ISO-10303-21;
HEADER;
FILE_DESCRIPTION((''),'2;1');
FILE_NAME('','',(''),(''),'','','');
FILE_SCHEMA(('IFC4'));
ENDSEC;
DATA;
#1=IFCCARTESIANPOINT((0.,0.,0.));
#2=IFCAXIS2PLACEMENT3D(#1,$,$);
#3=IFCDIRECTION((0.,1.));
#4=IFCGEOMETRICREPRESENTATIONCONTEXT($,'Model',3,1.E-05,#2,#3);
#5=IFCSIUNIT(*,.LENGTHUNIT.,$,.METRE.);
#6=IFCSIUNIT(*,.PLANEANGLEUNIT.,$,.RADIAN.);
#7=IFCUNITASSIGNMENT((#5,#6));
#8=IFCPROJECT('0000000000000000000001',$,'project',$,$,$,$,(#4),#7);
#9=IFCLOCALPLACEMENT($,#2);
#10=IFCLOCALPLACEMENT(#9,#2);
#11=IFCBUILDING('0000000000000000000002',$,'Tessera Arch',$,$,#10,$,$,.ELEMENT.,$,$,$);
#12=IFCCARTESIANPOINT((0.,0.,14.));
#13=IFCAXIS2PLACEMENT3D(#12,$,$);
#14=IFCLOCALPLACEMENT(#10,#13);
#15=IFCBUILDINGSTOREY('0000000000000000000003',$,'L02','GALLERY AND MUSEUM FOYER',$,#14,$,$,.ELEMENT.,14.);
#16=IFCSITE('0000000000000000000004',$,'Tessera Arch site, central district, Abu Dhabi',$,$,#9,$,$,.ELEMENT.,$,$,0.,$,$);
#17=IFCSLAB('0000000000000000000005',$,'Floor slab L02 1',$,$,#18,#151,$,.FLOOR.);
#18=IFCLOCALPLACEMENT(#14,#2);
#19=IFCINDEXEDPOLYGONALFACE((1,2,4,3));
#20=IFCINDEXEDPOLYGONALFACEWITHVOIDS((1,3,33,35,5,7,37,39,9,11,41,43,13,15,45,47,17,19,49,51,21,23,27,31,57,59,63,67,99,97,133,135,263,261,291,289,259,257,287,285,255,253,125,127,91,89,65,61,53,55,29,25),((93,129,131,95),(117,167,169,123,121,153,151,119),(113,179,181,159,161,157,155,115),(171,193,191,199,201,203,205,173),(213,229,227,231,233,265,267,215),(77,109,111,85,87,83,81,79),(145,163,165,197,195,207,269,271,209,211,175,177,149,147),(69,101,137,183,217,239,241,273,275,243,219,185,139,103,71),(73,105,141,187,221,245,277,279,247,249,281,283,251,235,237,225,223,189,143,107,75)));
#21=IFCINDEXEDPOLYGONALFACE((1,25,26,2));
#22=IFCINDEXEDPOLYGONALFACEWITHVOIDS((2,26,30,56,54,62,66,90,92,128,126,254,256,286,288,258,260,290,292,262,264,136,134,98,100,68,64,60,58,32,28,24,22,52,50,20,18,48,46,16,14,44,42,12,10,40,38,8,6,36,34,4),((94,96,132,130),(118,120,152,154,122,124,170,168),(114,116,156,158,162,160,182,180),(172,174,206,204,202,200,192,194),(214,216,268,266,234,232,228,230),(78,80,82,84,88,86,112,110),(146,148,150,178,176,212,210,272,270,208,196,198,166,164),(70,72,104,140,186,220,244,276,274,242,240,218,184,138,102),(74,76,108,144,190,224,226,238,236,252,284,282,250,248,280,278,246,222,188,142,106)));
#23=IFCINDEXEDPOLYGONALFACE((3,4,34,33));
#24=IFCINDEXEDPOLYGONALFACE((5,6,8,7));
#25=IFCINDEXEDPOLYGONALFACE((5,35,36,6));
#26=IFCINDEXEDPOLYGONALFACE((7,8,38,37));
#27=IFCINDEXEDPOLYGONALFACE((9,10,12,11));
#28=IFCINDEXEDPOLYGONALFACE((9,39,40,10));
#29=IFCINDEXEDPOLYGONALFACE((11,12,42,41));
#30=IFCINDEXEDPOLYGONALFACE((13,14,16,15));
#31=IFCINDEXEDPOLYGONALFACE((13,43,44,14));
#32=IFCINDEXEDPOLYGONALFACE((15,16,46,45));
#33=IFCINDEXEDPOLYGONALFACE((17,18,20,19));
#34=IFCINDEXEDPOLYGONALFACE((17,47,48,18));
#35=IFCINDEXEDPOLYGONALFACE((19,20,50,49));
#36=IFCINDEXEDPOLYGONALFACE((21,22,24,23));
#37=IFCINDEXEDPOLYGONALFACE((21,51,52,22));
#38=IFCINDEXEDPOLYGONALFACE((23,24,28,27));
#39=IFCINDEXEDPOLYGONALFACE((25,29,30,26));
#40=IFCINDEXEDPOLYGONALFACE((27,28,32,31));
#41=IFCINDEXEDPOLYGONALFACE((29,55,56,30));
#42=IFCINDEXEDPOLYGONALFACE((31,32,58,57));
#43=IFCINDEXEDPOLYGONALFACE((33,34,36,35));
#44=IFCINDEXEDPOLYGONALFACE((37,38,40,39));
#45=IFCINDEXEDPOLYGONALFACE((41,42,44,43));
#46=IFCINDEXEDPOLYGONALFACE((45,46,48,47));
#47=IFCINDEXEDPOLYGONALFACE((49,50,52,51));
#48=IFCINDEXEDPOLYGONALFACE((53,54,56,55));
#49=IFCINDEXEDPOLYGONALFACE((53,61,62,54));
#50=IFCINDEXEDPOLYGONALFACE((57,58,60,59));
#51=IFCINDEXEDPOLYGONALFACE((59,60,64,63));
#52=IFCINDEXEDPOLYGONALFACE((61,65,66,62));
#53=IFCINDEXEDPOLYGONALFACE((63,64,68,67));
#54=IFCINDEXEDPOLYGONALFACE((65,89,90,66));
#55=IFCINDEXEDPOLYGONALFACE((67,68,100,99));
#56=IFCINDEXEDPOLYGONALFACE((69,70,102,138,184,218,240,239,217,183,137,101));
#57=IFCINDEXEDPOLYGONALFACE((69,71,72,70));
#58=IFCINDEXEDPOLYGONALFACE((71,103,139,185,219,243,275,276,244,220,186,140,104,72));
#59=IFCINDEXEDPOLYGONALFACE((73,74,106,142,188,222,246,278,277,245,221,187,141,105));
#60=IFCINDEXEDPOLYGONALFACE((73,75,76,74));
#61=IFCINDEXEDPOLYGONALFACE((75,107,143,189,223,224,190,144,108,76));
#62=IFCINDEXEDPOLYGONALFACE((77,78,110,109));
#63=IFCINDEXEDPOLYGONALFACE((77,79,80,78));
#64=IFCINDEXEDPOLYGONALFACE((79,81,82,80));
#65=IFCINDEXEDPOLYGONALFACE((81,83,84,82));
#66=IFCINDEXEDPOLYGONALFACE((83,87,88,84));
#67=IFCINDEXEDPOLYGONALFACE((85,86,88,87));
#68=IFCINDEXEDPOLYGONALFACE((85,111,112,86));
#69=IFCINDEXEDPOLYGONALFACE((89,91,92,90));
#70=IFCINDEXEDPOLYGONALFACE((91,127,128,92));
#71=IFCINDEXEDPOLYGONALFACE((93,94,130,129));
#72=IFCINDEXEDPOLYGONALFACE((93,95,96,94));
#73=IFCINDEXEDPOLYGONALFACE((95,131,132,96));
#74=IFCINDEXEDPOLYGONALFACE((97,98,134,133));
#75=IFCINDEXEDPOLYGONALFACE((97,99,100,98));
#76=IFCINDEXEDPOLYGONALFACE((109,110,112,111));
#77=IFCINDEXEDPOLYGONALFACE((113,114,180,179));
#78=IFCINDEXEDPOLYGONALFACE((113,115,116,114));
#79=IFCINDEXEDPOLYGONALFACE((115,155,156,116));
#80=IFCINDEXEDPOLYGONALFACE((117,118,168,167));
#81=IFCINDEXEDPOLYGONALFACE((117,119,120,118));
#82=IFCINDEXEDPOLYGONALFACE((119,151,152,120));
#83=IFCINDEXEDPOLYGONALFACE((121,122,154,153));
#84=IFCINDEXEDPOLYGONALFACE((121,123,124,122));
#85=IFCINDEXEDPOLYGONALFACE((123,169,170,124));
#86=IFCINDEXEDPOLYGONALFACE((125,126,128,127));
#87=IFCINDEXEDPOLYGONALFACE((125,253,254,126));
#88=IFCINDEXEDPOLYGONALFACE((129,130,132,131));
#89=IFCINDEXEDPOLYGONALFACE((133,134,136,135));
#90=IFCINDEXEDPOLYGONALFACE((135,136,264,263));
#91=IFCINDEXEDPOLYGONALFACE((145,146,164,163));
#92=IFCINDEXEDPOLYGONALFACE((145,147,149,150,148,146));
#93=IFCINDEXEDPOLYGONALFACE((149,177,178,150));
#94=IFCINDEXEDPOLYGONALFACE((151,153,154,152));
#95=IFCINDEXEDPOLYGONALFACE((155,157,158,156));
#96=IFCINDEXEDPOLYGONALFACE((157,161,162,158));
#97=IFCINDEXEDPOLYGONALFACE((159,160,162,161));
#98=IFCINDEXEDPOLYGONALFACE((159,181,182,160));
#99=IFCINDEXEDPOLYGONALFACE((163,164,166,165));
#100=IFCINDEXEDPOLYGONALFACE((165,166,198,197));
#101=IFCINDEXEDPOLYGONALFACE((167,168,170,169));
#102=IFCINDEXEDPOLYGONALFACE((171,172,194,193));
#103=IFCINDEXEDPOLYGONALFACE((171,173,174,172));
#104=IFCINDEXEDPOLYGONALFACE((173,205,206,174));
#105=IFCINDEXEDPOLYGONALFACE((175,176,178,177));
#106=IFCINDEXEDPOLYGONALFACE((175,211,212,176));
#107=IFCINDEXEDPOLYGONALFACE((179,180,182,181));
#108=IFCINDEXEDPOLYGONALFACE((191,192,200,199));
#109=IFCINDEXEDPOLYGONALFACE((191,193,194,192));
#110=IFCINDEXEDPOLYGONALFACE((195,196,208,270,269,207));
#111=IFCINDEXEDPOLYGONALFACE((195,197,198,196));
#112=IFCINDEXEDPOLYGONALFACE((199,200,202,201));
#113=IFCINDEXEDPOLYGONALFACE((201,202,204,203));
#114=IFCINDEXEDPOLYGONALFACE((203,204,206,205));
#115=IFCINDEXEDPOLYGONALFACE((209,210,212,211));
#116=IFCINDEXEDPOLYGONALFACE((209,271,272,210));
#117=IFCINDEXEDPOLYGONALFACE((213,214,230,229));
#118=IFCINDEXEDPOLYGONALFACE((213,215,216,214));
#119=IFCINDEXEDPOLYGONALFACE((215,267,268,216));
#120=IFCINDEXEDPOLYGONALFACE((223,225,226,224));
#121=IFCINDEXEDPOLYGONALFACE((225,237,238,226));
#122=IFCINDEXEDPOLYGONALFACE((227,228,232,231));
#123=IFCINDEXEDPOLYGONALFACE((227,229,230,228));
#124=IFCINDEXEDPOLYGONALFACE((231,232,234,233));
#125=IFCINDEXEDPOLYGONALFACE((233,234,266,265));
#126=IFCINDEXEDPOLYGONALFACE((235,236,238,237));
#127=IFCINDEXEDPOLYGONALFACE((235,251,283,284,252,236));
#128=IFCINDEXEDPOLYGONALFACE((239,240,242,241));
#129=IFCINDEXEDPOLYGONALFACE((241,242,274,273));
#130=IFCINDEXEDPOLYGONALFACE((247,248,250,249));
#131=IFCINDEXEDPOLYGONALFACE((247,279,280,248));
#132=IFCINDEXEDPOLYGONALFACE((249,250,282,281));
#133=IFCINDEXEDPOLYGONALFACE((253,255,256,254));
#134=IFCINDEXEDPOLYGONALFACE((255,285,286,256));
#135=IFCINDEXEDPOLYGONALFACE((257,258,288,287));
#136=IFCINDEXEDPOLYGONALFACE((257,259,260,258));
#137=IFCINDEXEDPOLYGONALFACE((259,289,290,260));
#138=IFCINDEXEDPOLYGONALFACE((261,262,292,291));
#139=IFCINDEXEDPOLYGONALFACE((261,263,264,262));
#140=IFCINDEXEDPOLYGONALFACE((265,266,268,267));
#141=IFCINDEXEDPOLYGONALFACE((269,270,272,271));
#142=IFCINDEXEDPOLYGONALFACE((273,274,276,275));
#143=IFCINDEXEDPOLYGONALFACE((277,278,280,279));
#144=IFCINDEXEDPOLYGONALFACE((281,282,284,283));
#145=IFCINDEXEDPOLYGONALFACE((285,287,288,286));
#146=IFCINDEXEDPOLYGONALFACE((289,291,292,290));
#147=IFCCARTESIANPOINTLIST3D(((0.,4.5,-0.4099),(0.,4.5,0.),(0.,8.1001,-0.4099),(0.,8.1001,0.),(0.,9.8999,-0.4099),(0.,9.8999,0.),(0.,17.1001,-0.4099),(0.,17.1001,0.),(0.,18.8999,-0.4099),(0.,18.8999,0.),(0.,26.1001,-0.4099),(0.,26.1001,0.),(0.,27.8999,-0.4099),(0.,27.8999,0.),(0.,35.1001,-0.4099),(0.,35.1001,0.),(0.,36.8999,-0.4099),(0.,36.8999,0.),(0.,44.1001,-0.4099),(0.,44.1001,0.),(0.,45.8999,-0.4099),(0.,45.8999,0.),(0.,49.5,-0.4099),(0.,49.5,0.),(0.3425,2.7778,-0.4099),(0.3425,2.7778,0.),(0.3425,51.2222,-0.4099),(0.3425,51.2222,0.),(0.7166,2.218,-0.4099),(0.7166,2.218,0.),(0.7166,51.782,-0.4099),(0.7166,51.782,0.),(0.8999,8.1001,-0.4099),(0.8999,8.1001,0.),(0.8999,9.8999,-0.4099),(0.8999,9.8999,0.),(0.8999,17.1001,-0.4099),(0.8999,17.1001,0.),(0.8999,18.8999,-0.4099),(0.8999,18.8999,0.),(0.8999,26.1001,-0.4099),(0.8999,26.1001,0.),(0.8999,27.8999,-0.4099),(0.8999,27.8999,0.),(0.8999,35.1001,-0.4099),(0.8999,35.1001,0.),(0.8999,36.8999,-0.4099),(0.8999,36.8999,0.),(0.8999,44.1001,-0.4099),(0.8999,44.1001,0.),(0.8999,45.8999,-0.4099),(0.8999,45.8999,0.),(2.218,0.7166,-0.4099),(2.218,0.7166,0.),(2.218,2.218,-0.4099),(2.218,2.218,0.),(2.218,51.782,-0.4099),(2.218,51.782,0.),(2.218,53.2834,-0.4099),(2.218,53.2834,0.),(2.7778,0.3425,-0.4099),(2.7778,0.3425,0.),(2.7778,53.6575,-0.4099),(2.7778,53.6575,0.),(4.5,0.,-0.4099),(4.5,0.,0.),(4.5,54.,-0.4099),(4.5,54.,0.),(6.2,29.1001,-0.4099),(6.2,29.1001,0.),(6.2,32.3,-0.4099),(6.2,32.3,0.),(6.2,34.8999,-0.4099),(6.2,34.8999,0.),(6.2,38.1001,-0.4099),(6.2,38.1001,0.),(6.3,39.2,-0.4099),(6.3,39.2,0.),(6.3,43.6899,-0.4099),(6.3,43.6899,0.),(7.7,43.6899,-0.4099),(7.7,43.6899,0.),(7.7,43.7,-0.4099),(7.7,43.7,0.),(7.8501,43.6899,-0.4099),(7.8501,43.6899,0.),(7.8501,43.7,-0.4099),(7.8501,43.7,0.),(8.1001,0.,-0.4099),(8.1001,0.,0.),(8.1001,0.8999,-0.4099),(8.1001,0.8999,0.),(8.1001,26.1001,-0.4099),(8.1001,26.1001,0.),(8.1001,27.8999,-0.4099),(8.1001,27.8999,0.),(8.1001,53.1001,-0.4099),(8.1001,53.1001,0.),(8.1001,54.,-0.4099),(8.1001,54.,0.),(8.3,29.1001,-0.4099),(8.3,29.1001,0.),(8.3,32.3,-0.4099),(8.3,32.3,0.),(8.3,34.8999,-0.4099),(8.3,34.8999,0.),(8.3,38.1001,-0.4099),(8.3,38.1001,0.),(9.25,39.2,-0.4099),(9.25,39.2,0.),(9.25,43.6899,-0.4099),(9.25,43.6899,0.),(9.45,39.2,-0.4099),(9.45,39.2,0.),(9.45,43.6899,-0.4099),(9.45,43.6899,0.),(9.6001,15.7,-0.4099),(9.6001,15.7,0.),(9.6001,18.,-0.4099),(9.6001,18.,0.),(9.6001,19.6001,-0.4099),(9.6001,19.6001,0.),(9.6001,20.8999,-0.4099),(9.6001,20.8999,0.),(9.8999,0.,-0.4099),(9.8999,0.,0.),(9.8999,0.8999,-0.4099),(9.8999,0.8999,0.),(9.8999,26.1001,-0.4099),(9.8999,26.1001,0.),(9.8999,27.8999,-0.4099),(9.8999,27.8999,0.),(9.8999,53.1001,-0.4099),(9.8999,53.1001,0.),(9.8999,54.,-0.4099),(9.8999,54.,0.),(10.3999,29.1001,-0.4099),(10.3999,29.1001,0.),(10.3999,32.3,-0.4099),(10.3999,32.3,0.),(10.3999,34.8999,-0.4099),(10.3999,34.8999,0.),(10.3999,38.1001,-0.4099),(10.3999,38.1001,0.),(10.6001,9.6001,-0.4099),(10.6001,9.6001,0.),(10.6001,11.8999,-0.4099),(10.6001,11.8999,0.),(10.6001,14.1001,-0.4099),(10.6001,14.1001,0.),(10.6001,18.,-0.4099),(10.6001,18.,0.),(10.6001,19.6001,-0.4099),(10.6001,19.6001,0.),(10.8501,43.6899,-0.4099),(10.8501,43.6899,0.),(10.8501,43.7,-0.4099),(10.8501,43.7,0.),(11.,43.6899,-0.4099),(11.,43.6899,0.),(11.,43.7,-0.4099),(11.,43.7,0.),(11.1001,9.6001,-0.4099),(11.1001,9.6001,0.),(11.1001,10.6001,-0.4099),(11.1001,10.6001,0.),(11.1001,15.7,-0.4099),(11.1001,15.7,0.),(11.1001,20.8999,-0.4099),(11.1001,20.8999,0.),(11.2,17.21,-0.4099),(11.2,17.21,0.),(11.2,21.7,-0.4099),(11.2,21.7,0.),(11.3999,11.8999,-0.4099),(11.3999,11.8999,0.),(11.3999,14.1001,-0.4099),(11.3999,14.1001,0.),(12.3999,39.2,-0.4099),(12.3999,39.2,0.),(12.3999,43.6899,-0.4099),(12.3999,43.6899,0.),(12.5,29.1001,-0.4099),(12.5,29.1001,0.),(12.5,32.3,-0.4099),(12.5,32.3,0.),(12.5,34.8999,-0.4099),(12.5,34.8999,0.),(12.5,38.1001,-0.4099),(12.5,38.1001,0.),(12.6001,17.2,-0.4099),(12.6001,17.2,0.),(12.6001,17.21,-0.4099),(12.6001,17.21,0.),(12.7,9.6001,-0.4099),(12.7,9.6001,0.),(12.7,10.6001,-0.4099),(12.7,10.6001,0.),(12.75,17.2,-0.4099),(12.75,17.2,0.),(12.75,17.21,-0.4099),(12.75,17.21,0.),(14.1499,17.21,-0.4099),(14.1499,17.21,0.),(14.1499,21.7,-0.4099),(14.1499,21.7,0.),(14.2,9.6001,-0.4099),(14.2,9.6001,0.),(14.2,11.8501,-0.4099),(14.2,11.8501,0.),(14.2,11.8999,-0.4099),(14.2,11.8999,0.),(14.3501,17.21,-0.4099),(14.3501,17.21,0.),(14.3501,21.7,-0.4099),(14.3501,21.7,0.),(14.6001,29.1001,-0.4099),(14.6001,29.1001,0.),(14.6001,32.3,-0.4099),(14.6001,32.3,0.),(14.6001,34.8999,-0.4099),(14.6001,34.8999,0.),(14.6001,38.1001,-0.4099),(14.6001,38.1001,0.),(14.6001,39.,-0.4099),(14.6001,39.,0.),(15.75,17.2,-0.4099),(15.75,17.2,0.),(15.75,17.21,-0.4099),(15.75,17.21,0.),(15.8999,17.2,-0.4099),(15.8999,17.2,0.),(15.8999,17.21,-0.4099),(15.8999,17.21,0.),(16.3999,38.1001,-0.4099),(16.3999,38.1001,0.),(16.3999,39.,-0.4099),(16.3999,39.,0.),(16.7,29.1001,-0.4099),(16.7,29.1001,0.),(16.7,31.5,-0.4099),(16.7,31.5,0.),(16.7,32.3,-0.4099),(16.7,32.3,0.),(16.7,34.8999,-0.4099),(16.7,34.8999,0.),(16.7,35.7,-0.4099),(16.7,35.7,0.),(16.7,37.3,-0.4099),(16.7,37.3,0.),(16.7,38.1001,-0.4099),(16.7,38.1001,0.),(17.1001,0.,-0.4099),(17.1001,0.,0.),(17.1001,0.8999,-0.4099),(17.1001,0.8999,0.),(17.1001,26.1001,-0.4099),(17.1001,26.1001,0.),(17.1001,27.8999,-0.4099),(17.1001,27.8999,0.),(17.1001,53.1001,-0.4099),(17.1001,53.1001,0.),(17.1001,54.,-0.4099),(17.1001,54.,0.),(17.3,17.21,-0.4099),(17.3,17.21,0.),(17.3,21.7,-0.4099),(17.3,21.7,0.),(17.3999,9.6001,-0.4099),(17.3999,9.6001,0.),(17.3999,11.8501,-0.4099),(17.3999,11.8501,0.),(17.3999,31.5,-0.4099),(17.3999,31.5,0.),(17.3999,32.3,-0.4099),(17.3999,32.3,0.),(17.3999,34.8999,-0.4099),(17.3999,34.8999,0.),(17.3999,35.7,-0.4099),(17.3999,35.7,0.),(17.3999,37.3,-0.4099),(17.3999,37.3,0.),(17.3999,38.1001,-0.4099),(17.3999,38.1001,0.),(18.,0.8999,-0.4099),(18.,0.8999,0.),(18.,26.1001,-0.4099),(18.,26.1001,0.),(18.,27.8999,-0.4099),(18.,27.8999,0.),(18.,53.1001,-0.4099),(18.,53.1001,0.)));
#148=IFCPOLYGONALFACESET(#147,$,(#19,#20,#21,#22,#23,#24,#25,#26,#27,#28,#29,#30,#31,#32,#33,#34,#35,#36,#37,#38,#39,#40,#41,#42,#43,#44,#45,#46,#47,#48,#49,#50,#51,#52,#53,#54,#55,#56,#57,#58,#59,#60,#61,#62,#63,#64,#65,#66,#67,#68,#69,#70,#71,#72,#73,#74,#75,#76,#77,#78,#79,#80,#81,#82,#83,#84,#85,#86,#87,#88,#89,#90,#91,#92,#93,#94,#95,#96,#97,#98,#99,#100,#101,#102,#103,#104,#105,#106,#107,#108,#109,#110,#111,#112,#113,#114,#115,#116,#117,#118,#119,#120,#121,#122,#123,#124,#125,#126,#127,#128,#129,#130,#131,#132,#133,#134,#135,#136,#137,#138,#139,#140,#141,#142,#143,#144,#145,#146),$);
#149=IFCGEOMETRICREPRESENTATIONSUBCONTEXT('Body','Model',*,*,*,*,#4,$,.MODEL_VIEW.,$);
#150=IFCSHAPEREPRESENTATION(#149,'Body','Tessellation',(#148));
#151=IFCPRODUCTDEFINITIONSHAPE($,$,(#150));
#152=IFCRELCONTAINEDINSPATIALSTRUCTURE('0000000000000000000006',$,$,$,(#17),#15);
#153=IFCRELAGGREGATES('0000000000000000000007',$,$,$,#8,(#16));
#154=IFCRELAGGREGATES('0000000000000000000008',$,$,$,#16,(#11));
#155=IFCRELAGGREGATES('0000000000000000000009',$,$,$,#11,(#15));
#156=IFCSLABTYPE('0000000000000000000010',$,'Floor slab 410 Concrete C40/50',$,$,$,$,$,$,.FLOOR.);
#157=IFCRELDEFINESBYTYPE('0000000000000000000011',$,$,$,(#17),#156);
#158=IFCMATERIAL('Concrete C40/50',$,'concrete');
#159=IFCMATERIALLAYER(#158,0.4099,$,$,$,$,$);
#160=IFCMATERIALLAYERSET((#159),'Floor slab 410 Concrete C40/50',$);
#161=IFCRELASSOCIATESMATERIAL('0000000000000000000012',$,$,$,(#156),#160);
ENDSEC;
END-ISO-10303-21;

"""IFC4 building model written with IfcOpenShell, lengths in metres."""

from ifc_helpers import new_model, si_unit, direction, frame, origin, place, context, subcontext, project, spatial, polyline, outline, extrude, material, layer, layer_set, type_object, element, save


model = new_model("IFC4")

# Units and contexts
model_context = context("Model", 3, precision=1e-05, world=origin(), true_north=direction((0.0, 1.0)))
body_context = subcontext(model_context, "Body", "Model", "MODEL_VIEW")
ifc_project = project(units=[si_unit("LENGTHUNIT", "METRE"), si_unit("PLANEANGLEUNIT", "RADIAN")], contexts=[model_context])

# Site, building, storey
site_placement = place(None, origin())
site = spatial("IfcSite", under=ifc_project, at=site_placement, Name="Tessera Arch site, central district, Abu Dhabi", CompositionType="ELEMENT", RefElevation=0.0)
building_placement = place(site_placement, origin())
building = spatial("IfcBuilding", under=site, at=building_placement, Name="Tessera Arch", CompositionType="ELEMENT")
storey_placement = place(building_placement, frame((0.0, 0.0, 14.0)))
storey = spatial("IfcBuildingStorey", under=building, at=storey_placement, Name="L02", Description="GALLERY AND MUSEUM FOYER", CompositionType="ELEMENT", Elevation=14.0)

# Slab
ifc_material_1 = material(Name="Concrete C40/50", Category="concrete")
ifc_layer_1 = layer(ifc_material_1, 0.4099)
ifc_layer_set_1 = layer_set([ifc_layer_1], Name="Floor slab 410 Concrete C40/50")
slab_type_1 = type_object("IfcSlabType", Name="Floor slab 410 Concrete C40/50", PredefinedType="FLOOR", material=ifc_layer_set_1)
slab_1_placement = place(storey_placement, frame((0.0, 0.0, -0.4099)))
element("IfcSlab", 1, at=slab_1_placement, inside=storey, type_object=slab_type_1, Name="Floor slab L02 1", PredefinedType="FLOOR", context=body_context, shape_type="SweptSolid", body=[
    extrude(outline(polyline([(2.7778, 0.3425), (2.218, 0.7166), (2.218, 2.218), (0.7166, 2.218), (0.3425, 2.7778), (0.0, 4.5), (0.0, 8.1001), (0.8999, 8.1001), (0.8999, 9.8999), (0.0, 9.8999), (0.0, 17.1001), (0.8999, 17.1001), (0.8999, 18.8999), (0.0, 18.8999), (0.0, 26.1001), (0.8999, 26.1001), (0.8999, 27.8999), (0.0, 27.8999), (0.0, 35.1001), (0.8999, 35.1001), (0.8999, 36.8999), (0.0, 36.8999), (0.0, 44.1001), (0.8999, 44.1001), (0.8999, 45.8999), (0.0, 45.8999), (0.0, 49.5), (0.3425, 51.2222), (0.7166, 51.782), (2.218, 51.782), (2.218, 53.2834), (2.7778, 53.6575), (4.5, 54.0), (8.1001, 54.0), (8.1001, 53.1001), (9.8999, 53.1001), (9.8999, 54.0), (17.1001, 54.0), (17.1001, 53.1001), (18.0, 53.1001), (18.0, 27.8999), (17.1001, 27.8999), (17.1001, 26.1001), (18.0, 26.1001), (18.0, 0.8999), (17.1001, 0.8999), (17.1001, 0.0), (9.8999, 0.0), (9.8999, 0.8999), (8.1001, 0.8999), (8.1001, 0.0), (4.5, 0.0), (2.7778, 0.3425)]), holes=[polyline([(8.1001, 27.8999), (8.1001, 26.1001), (9.8999, 26.1001), (9.8999, 27.8999), (8.1001, 27.8999)]), polyline([(6.2, 32.3), (6.2, 29.1001), (8.3, 29.1001), (10.3999, 29.1001), (12.5, 29.1001), (14.6001, 29.1001), (16.7, 29.1001), (16.7, 31.5), (17.3999, 31.5), (17.3999, 32.3), (16.7, 32.3), (14.6001, 32.3), (12.5, 32.3), (10.3999, 32.3), (8.3, 32.3), (6.2, 32.3)]), polyline([(10.3999, 34.8999), (12.5, 34.8999), (14.6001, 34.8999), (16.7, 34.8999), (17.3999, 34.8999), (17.3999, 35.7), (16.7, 35.7), (16.7, 37.3), (17.3999, 37.3), (17.3999, 38.1001), (16.7, 38.1001), (16.3999, 38.1001), (16.3999, 39.0), (14.6001, 39.0), (14.6001, 38.1001), (12.5, 38.1001), (10.3999, 38.1001), (8.3, 38.1001), (6.2, 38.1001), (6.2, 34.8999), (8.3, 34.8999), (10.3999, 34.8999)]), polyline([(7.8501, 43.6899), (7.8501, 43.7), (7.7, 43.7), (7.7, 43.6899), (6.3, 43.6899), (6.3, 39.2), (9.25, 39.2), (9.25, 43.6899), (7.8501, 43.6899)]), polyline([(12.7, 10.6001), (12.7, 9.6001), (14.2, 9.6001), (17.3999, 9.6001), (17.3999, 11.8501), (14.2, 11.8501), (14.2, 11.8999), (11.3999, 11.8999), (11.3999, 14.1001), (10.6001, 14.1001), (10.6001, 11.8999), (10.6001, 9.6001), (11.1001, 9.6001), (11.1001, 10.6001), (12.7, 10.6001)]), polyline([(9.6001, 20.8999), (9.6001, 19.6001), (10.6001, 19.6001), (10.6001, 18.0), (9.6001, 18.0), (9.6001, 15.7), (11.1001, 15.7), (11.1001, 20.8999), (9.6001, 20.8999)]), polyline([(12.6001, 17.21), (12.6001, 17.2), (12.75, 17.2), (12.75, 17.21), (14.1499, 17.21), (14.1499, 21.7), (11.2, 21.7), (11.2, 17.21), (12.6001, 17.21)]), polyline([(15.75, 17.21), (15.75, 17.2), (15.8999, 17.2), (15.8999, 17.21), (17.3, 17.21), (17.3, 21.7), (14.3501, 21.7), (14.3501, 17.21), (15.75, 17.21)]), polyline([(11.0, 43.7), (10.8501, 43.7), (10.8501, 43.6899), (9.45, 43.6899), (9.45, 39.2), (12.3999, 39.2), (12.3999, 43.6899), (11.0, 43.6899), (11.0, 43.7)])]), origin(), (0.0, 0.0, 1.0), 0.4099),
])

save(model, "model.ifc")
